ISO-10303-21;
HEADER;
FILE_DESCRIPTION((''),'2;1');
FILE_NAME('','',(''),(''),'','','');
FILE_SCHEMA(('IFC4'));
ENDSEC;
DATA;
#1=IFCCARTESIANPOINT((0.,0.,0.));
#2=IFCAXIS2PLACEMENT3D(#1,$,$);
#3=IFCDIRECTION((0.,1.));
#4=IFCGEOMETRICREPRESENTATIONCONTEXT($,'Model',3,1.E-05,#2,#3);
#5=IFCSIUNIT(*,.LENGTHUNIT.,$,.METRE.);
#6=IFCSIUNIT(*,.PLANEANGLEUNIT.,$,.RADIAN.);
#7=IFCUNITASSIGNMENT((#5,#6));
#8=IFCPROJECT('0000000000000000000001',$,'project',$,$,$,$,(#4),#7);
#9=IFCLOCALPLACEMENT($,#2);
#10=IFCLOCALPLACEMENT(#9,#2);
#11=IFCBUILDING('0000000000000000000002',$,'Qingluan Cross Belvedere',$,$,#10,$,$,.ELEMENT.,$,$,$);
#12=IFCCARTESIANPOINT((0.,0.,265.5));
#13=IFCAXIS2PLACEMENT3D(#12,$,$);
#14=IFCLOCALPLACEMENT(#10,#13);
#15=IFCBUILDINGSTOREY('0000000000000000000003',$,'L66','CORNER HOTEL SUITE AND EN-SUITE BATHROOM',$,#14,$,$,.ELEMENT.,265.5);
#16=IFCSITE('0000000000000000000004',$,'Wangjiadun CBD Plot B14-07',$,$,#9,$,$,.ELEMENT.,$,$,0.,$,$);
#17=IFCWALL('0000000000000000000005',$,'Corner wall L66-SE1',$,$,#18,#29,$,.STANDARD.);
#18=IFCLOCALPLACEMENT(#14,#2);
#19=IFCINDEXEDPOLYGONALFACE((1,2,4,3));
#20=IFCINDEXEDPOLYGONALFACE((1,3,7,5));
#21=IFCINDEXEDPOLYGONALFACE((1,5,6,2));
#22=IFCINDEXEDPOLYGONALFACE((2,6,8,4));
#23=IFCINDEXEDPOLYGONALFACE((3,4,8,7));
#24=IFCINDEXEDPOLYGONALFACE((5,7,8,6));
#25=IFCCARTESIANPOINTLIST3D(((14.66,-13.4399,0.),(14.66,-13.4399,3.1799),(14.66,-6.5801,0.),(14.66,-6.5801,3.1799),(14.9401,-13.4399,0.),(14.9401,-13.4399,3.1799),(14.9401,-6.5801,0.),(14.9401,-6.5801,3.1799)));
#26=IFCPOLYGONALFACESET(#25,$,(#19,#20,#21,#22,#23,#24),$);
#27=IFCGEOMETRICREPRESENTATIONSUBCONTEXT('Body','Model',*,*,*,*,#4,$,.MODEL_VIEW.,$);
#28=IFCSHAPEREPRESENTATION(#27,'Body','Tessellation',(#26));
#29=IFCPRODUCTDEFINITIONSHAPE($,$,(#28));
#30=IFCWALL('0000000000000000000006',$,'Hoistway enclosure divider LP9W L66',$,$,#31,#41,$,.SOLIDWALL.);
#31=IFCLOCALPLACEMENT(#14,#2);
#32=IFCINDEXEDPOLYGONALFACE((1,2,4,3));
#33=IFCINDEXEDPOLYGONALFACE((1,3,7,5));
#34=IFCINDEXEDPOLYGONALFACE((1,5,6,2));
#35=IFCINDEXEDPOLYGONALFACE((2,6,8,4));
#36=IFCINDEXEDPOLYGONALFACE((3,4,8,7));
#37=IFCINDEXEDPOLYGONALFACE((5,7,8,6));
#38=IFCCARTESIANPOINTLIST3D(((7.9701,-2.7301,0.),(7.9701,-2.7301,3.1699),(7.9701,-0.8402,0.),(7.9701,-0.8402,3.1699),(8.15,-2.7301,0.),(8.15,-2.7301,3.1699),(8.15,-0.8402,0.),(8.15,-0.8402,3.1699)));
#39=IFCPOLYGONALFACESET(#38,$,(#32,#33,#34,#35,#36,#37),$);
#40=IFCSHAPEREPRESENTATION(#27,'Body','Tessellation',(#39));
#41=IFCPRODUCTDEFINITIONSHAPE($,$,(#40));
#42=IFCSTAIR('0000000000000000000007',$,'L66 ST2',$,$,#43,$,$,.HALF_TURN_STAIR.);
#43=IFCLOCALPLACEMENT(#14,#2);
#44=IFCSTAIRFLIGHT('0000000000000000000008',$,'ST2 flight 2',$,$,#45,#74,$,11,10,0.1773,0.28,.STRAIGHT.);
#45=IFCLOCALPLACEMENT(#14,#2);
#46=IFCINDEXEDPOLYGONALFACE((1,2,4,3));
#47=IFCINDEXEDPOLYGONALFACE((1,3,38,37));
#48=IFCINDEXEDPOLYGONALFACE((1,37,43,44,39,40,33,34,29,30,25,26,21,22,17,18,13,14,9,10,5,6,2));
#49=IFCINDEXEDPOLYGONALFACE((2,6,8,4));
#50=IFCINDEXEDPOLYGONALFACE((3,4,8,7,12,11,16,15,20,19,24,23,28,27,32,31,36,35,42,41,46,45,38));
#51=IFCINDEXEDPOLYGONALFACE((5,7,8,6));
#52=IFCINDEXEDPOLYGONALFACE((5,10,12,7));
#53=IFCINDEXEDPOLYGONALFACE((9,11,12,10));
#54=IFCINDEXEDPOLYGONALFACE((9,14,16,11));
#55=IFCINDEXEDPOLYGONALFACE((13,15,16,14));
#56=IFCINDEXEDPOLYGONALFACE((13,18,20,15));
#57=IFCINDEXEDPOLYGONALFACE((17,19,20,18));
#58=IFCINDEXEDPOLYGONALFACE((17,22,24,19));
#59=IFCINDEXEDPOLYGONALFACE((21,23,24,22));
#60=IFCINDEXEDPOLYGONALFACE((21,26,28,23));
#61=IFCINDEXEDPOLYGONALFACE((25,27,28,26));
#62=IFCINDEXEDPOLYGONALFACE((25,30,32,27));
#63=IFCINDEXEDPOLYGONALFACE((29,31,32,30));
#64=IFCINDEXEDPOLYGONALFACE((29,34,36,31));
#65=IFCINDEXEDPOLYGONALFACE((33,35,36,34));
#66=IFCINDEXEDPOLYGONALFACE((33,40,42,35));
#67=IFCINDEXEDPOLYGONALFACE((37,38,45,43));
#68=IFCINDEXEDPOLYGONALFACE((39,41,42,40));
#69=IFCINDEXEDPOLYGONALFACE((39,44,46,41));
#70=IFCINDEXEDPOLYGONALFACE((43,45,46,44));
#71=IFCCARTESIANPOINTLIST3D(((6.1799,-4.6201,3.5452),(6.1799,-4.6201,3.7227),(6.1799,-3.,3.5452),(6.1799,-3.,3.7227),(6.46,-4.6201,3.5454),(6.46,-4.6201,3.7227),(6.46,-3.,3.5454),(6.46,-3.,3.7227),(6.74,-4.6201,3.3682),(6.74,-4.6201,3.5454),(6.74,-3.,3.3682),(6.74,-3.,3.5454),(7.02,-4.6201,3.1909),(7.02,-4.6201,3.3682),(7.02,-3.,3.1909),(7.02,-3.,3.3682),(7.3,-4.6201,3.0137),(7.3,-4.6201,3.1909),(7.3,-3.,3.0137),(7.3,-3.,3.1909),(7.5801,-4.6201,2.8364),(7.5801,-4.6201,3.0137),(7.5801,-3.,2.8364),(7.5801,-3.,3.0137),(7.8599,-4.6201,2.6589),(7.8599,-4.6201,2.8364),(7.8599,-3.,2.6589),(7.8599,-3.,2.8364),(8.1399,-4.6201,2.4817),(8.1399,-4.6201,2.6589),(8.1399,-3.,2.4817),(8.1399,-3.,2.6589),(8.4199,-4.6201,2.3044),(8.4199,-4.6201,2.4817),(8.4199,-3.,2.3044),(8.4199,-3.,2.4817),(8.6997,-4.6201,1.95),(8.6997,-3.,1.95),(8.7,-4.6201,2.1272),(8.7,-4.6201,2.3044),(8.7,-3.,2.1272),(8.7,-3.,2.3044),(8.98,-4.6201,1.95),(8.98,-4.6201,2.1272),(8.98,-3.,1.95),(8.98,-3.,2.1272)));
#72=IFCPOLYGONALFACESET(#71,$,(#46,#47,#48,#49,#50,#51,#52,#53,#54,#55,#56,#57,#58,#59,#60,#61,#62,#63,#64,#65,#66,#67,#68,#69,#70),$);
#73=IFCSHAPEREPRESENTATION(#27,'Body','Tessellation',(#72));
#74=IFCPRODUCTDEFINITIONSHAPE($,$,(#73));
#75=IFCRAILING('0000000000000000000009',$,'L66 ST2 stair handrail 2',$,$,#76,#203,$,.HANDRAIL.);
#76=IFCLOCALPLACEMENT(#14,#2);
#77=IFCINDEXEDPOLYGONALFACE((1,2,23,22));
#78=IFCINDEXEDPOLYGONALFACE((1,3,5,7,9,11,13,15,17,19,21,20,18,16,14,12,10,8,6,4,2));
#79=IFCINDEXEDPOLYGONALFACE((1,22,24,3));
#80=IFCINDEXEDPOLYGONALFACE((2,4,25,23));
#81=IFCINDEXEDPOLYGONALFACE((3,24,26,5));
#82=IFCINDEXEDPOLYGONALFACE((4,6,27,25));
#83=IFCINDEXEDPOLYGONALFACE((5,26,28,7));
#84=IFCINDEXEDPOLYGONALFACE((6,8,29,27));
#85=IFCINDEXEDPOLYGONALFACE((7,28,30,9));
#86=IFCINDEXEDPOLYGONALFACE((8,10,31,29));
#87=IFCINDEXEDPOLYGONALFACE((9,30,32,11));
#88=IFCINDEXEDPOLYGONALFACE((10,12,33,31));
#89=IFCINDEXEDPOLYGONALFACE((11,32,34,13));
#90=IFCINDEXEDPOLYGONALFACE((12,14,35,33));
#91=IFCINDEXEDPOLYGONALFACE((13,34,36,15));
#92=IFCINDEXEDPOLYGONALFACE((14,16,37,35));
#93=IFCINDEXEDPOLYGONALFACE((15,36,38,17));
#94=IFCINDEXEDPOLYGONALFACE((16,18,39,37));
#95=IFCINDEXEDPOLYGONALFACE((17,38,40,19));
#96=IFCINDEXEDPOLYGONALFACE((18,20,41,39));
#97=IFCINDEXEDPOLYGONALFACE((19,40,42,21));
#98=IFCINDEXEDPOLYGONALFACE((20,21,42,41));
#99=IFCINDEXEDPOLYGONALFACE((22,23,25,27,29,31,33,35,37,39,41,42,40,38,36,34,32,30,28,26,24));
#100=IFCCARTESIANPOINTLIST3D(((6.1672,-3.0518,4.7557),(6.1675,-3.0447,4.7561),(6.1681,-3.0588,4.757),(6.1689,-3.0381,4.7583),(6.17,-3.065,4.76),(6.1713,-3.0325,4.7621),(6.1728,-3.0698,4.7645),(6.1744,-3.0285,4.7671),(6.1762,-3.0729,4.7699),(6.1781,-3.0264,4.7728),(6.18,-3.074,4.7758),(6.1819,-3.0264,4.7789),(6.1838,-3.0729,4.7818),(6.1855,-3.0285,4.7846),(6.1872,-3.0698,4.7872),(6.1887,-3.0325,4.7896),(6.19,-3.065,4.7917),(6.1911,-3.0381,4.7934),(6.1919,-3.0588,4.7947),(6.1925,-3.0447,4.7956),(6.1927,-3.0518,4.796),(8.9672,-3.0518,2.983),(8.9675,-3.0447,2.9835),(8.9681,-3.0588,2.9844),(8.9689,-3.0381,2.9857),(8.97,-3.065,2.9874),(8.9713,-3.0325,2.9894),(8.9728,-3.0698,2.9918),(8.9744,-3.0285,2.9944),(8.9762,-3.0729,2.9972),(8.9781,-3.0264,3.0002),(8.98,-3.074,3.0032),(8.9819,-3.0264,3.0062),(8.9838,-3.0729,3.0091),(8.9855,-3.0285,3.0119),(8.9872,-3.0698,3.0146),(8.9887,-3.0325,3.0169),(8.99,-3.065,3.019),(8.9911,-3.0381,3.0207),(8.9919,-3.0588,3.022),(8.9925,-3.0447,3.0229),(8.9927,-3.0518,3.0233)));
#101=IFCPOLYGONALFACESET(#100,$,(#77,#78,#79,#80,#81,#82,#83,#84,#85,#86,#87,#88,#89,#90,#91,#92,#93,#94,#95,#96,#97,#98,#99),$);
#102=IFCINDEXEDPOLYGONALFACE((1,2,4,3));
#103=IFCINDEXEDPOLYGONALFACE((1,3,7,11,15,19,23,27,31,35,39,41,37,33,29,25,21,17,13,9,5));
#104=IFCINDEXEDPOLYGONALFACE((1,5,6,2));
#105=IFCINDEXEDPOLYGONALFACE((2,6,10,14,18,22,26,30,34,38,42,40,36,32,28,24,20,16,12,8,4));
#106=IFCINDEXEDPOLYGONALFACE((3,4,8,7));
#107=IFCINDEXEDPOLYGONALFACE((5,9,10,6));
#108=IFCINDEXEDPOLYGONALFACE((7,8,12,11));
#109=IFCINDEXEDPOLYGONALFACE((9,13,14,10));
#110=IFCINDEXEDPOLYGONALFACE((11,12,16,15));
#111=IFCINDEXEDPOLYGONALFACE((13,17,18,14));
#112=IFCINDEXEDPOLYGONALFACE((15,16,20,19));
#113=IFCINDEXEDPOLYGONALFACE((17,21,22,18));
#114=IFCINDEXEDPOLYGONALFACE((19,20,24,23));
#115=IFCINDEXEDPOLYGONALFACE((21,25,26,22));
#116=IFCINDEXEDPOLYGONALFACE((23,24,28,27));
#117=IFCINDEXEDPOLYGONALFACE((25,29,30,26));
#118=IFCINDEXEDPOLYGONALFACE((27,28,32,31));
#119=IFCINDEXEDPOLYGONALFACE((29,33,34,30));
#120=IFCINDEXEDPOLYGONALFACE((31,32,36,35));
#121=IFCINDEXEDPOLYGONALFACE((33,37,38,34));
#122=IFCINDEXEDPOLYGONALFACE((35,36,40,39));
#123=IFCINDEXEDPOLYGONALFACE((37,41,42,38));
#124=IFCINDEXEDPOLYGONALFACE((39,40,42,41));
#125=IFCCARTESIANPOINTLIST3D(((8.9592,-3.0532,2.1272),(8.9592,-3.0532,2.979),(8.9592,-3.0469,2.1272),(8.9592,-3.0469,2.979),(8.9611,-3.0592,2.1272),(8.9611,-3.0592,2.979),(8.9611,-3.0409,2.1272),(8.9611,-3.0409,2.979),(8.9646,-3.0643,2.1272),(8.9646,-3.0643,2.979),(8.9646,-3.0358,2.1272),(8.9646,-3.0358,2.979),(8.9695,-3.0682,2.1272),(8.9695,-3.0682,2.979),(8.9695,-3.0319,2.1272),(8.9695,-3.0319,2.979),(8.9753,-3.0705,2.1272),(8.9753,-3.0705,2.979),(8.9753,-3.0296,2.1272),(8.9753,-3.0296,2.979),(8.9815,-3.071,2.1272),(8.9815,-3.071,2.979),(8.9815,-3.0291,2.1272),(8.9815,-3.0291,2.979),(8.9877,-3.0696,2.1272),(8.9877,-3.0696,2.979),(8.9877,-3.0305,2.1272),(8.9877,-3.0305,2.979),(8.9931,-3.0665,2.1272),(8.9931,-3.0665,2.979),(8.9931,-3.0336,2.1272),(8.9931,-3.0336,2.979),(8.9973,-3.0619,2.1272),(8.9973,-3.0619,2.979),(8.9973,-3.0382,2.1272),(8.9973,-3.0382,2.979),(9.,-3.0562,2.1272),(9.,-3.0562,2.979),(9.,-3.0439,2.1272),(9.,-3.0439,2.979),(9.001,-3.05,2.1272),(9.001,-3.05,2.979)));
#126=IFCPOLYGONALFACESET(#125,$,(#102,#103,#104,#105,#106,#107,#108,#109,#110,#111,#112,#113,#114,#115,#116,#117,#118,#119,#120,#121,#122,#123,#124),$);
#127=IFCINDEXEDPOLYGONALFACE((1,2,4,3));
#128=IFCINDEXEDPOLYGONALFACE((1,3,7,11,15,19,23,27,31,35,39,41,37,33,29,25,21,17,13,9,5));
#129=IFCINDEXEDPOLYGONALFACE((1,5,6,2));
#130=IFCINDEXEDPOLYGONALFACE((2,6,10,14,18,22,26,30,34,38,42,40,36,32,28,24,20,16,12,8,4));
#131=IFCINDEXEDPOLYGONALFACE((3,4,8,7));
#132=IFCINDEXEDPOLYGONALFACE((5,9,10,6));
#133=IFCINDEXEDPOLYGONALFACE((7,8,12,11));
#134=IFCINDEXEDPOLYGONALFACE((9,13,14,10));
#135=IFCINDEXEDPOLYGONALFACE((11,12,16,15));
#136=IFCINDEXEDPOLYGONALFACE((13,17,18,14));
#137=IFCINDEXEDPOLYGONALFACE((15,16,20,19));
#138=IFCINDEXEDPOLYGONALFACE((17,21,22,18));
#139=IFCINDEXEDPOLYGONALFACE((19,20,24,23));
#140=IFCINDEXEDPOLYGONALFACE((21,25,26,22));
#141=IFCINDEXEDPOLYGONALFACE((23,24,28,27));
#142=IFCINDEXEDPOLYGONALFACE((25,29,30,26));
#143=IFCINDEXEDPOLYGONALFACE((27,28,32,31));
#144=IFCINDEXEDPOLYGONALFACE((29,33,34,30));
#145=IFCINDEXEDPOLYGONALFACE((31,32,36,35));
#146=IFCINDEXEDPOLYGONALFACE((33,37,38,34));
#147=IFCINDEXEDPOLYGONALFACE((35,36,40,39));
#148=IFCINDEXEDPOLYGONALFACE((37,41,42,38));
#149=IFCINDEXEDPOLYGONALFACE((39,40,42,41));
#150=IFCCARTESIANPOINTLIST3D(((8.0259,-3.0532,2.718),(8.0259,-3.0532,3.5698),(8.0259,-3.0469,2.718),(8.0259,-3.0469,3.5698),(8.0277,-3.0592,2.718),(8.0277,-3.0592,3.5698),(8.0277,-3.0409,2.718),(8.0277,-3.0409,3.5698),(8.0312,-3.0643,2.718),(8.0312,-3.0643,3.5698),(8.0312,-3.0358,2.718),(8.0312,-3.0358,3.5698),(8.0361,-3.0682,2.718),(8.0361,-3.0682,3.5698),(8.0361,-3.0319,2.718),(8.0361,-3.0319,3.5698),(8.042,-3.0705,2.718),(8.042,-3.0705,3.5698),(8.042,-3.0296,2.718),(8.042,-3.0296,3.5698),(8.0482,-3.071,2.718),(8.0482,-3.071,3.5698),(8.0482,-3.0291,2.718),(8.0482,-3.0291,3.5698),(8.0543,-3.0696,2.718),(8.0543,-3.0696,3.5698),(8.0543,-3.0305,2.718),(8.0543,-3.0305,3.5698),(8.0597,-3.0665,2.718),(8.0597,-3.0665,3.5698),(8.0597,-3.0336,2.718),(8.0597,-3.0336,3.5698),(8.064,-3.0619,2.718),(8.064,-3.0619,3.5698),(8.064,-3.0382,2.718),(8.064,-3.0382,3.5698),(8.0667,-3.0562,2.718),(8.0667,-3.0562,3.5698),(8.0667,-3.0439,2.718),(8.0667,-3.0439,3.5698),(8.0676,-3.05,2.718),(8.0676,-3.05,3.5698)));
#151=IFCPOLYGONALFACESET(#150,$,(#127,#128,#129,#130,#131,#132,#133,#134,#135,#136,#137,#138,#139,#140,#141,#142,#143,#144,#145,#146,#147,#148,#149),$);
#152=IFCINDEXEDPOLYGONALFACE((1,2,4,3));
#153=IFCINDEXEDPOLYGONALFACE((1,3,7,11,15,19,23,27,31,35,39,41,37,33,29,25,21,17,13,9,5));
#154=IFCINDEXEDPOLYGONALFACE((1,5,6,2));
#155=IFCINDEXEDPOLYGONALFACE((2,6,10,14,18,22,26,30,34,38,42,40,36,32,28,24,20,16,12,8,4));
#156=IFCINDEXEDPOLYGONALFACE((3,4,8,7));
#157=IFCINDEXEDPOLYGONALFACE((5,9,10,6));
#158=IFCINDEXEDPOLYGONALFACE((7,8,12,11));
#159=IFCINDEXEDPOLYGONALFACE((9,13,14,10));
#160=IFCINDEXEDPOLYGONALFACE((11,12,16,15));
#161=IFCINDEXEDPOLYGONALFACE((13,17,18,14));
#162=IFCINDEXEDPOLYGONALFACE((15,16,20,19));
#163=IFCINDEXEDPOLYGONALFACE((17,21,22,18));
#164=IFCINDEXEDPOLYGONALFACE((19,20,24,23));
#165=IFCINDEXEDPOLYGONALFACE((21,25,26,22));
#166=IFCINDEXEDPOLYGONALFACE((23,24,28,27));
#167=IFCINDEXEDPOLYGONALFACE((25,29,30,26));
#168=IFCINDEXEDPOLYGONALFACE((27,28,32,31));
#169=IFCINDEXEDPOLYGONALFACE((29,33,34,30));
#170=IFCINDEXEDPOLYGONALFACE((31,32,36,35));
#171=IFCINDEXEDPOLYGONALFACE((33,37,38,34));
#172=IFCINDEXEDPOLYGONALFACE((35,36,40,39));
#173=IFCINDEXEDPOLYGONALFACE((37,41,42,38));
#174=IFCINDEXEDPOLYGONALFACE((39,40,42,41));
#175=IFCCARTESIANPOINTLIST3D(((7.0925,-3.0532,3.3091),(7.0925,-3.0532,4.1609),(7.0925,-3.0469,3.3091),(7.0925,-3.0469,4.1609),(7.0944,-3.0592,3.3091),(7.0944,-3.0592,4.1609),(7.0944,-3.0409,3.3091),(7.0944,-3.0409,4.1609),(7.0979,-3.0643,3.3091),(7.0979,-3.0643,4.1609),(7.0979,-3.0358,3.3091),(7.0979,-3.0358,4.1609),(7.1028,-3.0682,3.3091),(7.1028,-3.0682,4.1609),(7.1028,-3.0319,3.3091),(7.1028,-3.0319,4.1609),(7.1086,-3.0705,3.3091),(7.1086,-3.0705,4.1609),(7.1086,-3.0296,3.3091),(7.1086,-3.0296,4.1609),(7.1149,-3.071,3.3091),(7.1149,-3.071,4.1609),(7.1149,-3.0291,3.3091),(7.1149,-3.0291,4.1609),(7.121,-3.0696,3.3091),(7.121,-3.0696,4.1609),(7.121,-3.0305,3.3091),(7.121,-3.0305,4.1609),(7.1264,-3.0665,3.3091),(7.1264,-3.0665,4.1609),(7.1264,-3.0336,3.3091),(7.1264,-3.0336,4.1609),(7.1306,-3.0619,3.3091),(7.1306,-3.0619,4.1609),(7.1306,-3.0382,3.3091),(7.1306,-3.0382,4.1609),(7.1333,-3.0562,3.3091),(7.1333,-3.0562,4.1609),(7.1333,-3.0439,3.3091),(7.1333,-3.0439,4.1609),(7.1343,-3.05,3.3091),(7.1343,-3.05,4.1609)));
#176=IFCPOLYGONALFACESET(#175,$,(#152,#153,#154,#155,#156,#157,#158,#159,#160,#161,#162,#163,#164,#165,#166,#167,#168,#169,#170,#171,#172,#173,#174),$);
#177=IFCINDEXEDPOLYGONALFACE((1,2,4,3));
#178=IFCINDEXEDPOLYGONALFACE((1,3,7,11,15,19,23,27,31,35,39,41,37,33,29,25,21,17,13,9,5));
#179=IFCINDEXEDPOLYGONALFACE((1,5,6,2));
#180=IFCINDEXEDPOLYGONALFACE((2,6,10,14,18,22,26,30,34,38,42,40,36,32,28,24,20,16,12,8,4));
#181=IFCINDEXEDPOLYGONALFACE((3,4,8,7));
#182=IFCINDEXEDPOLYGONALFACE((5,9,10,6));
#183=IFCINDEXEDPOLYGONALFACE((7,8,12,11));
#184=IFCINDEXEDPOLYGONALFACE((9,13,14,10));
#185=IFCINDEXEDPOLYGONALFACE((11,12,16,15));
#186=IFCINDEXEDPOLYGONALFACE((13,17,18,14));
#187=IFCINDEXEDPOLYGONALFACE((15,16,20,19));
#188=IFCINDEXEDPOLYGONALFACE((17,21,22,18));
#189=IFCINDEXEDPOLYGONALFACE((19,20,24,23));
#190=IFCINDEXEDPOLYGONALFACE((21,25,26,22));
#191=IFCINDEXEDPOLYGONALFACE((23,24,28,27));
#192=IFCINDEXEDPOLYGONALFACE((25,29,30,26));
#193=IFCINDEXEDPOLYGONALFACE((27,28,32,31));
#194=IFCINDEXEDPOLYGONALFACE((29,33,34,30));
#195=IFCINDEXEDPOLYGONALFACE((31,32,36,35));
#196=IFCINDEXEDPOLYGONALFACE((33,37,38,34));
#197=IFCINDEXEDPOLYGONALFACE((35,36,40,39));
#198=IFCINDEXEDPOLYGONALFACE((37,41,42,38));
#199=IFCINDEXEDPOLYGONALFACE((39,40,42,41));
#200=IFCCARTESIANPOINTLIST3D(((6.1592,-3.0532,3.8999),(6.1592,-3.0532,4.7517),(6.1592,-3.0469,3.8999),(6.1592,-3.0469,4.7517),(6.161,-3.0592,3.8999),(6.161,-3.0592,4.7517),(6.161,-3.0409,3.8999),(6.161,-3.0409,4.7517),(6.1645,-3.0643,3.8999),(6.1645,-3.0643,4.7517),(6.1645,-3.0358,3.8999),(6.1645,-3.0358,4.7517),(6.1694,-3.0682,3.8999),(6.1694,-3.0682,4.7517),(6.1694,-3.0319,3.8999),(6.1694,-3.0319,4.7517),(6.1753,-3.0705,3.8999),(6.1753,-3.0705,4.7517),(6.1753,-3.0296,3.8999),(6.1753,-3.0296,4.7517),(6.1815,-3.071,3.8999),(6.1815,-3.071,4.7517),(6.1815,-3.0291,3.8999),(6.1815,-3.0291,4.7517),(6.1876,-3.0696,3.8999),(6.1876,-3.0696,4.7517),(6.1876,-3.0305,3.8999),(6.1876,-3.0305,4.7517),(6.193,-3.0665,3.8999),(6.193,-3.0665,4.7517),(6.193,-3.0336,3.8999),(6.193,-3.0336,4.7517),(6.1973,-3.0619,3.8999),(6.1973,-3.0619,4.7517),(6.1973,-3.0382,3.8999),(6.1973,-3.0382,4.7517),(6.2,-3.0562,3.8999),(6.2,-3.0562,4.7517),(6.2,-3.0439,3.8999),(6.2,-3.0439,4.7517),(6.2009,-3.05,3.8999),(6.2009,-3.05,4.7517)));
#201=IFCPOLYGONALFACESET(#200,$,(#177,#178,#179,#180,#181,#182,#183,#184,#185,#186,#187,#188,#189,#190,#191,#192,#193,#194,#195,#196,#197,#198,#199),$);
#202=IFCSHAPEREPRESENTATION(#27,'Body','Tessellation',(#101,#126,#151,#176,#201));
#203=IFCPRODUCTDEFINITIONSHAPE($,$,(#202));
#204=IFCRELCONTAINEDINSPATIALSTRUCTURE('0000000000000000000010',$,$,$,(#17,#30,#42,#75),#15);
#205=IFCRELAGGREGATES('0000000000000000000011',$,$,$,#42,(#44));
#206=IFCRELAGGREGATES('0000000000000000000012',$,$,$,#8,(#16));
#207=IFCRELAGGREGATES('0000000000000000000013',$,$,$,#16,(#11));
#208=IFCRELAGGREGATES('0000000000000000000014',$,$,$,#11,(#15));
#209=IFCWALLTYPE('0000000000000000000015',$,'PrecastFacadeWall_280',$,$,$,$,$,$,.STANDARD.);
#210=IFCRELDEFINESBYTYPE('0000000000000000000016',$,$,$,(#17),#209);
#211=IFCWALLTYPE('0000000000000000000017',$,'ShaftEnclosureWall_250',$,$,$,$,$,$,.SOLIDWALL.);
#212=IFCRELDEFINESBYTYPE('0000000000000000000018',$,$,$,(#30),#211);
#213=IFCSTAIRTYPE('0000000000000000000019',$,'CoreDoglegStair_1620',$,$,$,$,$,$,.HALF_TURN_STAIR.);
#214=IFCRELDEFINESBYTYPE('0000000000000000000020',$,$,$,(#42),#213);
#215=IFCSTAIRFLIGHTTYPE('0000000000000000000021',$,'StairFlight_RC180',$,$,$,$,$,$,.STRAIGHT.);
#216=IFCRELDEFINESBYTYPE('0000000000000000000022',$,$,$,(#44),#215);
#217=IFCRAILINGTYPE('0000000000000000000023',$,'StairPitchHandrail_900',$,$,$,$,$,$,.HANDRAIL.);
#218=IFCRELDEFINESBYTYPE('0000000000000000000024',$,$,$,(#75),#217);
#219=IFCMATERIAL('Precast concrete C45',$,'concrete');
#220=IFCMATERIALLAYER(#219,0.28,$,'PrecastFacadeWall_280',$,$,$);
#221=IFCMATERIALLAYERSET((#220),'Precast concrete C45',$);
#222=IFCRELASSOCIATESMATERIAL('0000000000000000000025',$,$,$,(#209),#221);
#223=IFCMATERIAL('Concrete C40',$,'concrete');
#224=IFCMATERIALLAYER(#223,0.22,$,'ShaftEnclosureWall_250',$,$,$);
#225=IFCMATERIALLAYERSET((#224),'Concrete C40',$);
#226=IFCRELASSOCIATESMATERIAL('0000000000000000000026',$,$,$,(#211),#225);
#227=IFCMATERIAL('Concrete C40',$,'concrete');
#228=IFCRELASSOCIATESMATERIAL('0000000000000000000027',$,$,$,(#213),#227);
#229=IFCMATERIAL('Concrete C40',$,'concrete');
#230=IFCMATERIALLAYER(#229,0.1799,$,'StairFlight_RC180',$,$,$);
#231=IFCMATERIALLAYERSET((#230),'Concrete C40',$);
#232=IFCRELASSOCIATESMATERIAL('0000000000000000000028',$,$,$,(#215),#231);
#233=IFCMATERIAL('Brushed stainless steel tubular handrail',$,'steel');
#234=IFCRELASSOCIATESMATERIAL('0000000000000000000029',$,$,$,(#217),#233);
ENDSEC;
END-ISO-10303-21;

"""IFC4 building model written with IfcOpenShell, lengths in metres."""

from ifc_helpers import new_model, si_unit, direction, frame, frame_2d, origin, origin_2d, place, context, subcontext, project, spatial, polyline, rectangle, circle, outline, extrude, material, layer, layer_set, type_object, element, aggregate, save


model = new_model("IFC4")

# Units and contexts
model_context = context("Model", 3, precision=1e-05, world=origin(), true_north=direction((0.0, 1.0)))
body_context = subcontext(model_context, "Body", "Model", "MODEL_VIEW")
ifc_project = project(units=[si_unit("LENGTHUNIT", "METRE"), si_unit("PLANEANGLEUNIT", "RADIAN")], contexts=[model_context])

# Site, building, storey
site_placement = place(None, origin())
site = spatial("IfcSite", under=ifc_project, at=site_placement, Name="Wangjiadun CBD Plot B14-07", CompositionType="ELEMENT", RefElevation=0.0)
building_placement = place(site_placement, origin())
building = spatial("IfcBuilding", under=site, at=building_placement, Name="Qingluan Cross Belvedere", CompositionType="ELEMENT")
storey_placement = place(building_placement, frame((0.0, 0.0, 265.5)))
storey = spatial("IfcBuildingStorey", under=building, at=storey_placement, Name="L66", Description="CORNER HOTEL SUITE AND EN-SUITE BATHROOM", CompositionType="ELEMENT", Elevation=265.5)

# Shared definitions
ifc_material_1 = material(Name="Precast concrete C45", Category="concrete")
ifc_layer_1 = layer(ifc_material_1, 0.28, Name="PrecastFacadeWall_280")
ifc_layer_set_1 = layer_set([ifc_layer_1], Name="Precast concrete C45")
wall_type_1 = type_object("IfcWallType", Name="PrecastFacadeWall_280", PredefinedType="STANDARD", material=ifc_layer_set_1)

# Walls
wall_1_placement = place(storey_placement, frame((14.8, -6.5801, 0.0), z_axis=(0.0, 0.0, 1.0), x_axis=(0.0, -1.0, 0.0)))
element("IfcWall", 1, at=wall_1_placement, inside=storey, type_object=wall_type_1, Name="Corner wall L66-SE1", PredefinedType="STANDARD", context=body_context, shape_type="SweptSolid", body=[
    extrude(rectangle(XDim=6.8599, YDim=0.28, at=frame_2d((3.4299, 0.0))), origin(), (0.0, 0.0, 1.0), 3.1799),
])
ifc_material_2 = material(Name="Concrete C40", Category="concrete")
ifc_layer_2 = layer(ifc_material_2, 0.22, Name="ShaftEnclosureWall_250")
ifc_layer_set_2 = layer_set([ifc_layer_2], Name="Concrete C40")
wall_type_2 = type_object("IfcWallType", Name="ShaftEnclosureWall_250", PredefinedType="SOLIDWALL", material=ifc_layer_set_2)
wall_2_placement = place(storey_placement, frame((8.0601, -2.73, 0.0), z_axis=(0.0, 0.0, 1.0), x_axis=(0.0, 1.0, 0.0)))
element("IfcWall", 2, at=wall_2_placement, inside=storey, type_object=wall_type_2, Name="Hoistway enclosure divider LP9W L66", PredefinedType="SOLIDWALL", context=body_context, shape_type="SweptSolid", body=[
    extrude(rectangle(XDim=1.8899, YDim=0.1799, at=frame_2d((0.9448, 0.0))), origin(), (0.0, 0.0, 1.0), 3.1699),
])

# Stair, stair flight
ifc_material_3 = material(Name="Concrete C40", Category="concrete")
stair_type = type_object("IfcStairType", Name="CoreDoglegStair_1620", PredefinedType="HALF_TURN_STAIR", material=ifc_material_3)
stair_placement = place(storey_placement, origin())
stair = element("IfcStair", 3, at=stair_placement, inside=storey, type_object=stair_type, Name="L66 ST2", PredefinedType="HALF_TURN_STAIR")
ifc_material_4 = material(Name="Concrete C40", Category="concrete")
ifc_layer_3 = layer(ifc_material_4, 0.1799, Name="StairFlight_RC180")
ifc_layer_set_3 = layer_set([ifc_layer_3], Name="Concrete C40")
stair_flight_type = type_object("IfcStairFlightType", Name="StairFlight_RC180", PredefinedType="STRAIGHT", material=ifc_layer_set_3)
stair_flight_placement = place(storey_placement, frame((8.98, -3.8101, 1.95), z_axis=(0.0, 0.0, 1.0), x_axis=(-1.0, 0.0, 0.0)))
stair_flight = element("IfcStairFlight", 4, at=stair_flight_placement, type_object=stair_flight_type, Name="ST2 flight 2", NumberOfRisers=11, NumberOfTreads=10, PredefinedType="STRAIGHT", RiserHeight=0.1773, TreadLength=0.28, context=body_context, shape_type="SweptSolid", body=[
    extrude(outline(polyline([(0.0, 0.0), (0.0, 0.1772), (0.28, 0.1772), (0.28, 0.3545), (0.5601, 0.3545), (0.5601, 0.5317), (0.8401, 0.5317), (0.8401, 0.709), (1.1201, 0.709), (1.1201, 0.8865), (1.3999, 0.8865), (1.3999, 1.0637), (1.6799, 1.0637), (1.6799, 1.241), (1.96, 1.241), (1.96, 1.4182), (2.24, 1.4182), (2.24, 1.5955), (2.52, 1.5955), (2.52, 1.7727), (2.8, 1.7727), (2.8, 1.95), (2.8, 1.5952), (0.2803, 0.0), (0.0, 0.0)])), frame((0.0, 0.8101, 0.0), z_axis=(0.0, -1.0, 0.0), x_axis=(1.0, 0.0, 0.0)), (0.0, 0.0, 1.0), 1.6201),
])
aggregate(stair, [stair_flight])

# Railing
ifc_material_5 = material(Name="Brushed stainless steel tubular handrail", Category="steel")
railing_type_1 = type_object("IfcRailingType", Name="StairPitchHandrail_900", PredefinedType="HANDRAIL", material=ifc_material_5)
railing_1_placement = place(storey_placement, frame((8.98, -3.05, 2.1272)))
element("IfcRailing", 5, at=railing_1_placement, inside=storey, type_object=railing_type_1, Name="L66 ST2 stair handrail 2", PredefinedType="HANDRAIL", context=body_context, shape_type="SweptSolid", body=[
    extrude(circle(Radius=0.0239, at=origin_2d()), frame((0.0, 0.0, 0.876), z_axis=(-0.844909, 0.0, 0.53491), x_axis=(0.0, -1.0, 0.0)), (0.0, 0.0, 1.0), 3.314),
    extrude(circle(Radius=0.021, at=origin_2d()), origin(), (0.0, 0.0, 1.0), 0.8518),
    extrude(circle(Radius=0.021, at=origin_2d()), frame((-0.9333, 0.0, 0.5908)), (0.0, 0.0, 1.0), 0.8518),
    extrude(circle(Radius=0.021, at=origin_2d()), frame((-1.8667, 0.0, 1.1819)), (0.0, 0.0, 1.0), 0.8518),
    extrude(circle(Radius=0.021, at=origin_2d()), frame((-2.8, 0.0, 1.7727)), (0.0, 0.0, 1.0), 0.8518),
])

save(model, "model.ifc")
